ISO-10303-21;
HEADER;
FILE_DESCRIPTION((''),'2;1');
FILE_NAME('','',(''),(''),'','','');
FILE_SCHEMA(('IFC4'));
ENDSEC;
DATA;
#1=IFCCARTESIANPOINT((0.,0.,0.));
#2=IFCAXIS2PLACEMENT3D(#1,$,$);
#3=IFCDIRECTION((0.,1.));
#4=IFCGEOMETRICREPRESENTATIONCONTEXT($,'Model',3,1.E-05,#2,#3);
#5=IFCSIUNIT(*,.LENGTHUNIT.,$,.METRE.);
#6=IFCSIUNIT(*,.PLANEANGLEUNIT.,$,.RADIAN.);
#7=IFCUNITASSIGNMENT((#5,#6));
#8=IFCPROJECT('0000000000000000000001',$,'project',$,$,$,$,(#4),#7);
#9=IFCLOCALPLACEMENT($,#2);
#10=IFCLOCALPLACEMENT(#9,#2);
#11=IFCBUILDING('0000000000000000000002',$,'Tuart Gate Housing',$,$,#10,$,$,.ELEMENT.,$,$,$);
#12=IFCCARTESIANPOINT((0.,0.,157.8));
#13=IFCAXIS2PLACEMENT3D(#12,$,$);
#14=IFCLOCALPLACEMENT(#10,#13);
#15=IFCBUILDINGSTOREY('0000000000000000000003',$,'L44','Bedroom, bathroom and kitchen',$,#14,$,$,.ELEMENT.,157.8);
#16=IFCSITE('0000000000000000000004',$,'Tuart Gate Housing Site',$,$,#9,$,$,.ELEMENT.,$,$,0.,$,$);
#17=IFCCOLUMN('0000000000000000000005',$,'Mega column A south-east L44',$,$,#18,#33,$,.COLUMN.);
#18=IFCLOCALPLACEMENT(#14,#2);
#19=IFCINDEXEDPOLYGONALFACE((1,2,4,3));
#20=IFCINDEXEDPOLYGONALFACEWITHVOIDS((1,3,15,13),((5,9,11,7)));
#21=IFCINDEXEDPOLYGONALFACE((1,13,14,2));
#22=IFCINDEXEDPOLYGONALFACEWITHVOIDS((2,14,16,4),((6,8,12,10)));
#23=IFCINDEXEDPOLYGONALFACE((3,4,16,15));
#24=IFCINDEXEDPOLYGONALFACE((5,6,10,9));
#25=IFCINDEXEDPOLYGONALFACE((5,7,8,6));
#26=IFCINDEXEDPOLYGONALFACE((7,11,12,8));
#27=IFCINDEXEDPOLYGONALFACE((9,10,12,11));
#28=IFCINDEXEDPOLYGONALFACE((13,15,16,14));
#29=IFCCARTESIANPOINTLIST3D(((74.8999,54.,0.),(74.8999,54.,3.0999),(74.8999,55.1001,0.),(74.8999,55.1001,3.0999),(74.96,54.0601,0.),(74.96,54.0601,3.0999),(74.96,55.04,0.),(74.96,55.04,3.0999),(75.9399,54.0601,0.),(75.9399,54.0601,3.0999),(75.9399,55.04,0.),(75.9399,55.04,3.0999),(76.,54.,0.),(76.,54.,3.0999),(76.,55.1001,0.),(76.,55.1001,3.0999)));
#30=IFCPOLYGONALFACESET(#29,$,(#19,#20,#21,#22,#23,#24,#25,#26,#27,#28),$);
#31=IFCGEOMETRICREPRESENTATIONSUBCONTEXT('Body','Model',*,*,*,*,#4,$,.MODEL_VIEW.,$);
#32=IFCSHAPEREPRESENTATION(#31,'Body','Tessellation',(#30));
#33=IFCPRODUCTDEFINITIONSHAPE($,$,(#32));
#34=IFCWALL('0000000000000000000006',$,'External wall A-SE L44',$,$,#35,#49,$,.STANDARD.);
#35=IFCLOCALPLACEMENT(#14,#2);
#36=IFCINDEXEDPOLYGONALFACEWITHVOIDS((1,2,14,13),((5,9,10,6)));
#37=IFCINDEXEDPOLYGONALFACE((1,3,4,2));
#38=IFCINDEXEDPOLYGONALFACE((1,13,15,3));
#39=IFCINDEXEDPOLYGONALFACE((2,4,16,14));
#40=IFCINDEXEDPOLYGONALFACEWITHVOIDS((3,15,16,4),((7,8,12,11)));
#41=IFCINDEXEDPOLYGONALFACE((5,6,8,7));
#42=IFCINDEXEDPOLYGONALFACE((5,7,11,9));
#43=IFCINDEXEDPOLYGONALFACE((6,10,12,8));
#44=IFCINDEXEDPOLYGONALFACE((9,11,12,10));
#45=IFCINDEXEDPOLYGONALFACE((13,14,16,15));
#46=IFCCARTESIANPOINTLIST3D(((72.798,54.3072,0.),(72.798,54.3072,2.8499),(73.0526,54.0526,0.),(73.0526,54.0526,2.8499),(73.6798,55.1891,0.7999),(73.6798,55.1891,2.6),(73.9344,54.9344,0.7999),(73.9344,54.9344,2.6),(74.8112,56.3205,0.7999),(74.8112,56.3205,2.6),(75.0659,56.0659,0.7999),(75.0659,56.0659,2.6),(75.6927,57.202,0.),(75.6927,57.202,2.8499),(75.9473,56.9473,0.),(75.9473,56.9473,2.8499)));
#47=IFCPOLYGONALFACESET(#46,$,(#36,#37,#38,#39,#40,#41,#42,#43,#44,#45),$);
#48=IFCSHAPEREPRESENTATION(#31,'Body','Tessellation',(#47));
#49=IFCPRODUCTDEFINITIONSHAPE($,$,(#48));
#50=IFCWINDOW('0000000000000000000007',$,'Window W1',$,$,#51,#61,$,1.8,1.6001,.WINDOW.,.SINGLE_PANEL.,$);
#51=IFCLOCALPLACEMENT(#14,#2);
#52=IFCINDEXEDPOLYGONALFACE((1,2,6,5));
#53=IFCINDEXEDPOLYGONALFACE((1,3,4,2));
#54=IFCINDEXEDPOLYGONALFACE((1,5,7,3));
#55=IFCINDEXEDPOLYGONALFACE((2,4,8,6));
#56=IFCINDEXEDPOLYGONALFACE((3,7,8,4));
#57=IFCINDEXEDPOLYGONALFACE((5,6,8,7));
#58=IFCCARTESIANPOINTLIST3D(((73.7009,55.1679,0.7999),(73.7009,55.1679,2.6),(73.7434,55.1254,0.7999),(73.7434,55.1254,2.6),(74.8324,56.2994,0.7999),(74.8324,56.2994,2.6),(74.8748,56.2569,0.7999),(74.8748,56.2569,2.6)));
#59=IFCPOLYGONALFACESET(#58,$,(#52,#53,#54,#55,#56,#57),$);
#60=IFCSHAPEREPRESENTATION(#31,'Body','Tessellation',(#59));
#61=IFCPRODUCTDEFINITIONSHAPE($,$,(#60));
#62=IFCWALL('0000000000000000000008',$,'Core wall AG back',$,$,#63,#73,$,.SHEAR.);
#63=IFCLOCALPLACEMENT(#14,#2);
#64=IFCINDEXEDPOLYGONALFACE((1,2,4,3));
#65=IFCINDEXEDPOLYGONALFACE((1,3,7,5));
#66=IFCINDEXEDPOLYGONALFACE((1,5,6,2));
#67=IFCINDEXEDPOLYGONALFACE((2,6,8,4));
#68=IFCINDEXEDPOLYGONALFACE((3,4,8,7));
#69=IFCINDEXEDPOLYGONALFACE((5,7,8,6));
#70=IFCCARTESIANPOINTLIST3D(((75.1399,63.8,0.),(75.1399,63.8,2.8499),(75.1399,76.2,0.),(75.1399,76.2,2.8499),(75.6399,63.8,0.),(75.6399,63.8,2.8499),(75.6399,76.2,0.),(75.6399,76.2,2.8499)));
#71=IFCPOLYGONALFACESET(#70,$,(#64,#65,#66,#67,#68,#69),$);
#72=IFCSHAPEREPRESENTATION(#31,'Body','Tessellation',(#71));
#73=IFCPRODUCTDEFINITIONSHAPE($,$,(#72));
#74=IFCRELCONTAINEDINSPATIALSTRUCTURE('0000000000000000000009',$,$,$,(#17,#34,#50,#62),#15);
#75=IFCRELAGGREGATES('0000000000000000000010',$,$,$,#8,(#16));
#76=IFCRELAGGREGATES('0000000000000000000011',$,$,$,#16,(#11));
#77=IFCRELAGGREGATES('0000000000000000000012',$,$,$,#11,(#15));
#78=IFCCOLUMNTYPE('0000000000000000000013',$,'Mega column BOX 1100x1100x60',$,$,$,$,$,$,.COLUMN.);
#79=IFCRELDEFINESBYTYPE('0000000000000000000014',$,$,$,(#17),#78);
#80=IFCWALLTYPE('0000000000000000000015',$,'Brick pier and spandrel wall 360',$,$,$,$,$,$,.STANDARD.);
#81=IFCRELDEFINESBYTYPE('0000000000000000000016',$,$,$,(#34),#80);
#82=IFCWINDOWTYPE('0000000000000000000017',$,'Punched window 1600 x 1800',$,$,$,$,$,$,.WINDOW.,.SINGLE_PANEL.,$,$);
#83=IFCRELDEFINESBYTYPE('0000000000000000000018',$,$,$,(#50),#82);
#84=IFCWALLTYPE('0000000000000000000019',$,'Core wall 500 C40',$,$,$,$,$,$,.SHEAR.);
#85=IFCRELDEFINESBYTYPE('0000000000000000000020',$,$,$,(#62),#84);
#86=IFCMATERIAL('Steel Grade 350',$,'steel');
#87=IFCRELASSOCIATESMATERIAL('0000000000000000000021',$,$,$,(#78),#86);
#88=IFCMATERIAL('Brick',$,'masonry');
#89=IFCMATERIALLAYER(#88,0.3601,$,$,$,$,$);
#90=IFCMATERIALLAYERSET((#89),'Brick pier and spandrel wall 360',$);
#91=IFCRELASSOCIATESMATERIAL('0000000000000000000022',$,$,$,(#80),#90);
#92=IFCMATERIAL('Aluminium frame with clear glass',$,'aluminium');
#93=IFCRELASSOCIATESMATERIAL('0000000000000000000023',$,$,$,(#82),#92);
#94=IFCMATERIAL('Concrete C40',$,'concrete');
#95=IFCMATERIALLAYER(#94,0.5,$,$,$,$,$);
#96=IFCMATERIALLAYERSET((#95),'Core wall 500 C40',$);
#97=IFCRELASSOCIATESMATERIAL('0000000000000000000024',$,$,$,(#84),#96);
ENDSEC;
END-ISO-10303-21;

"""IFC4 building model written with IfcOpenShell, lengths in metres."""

from ifc_helpers import new_model, si_unit, direction, frame, frame_2d, origin, origin_2d, place, context, subcontext, project, spatial, rectangle, hollow_rectangle, extrude, material, layer, layer_set, material_profile, profile_set, type_object, element, fill, save


model = new_model("IFC4")

# Units and contexts
model_context = context("Model", 3, precision=1e-05, world=origin(), true_north=direction((0.0, 1.0)))
body_context = subcontext(model_context, "Body", "Model", "MODEL_VIEW")
ifc_project = project(units=[si_unit("LENGTHUNIT", "METRE"), si_unit("PLANEANGLEUNIT", "RADIAN")], contexts=[model_context])

# Site, building, storey
site_placement = place(None, origin())
site = spatial("IfcSite", under=ifc_project, at=site_placement, Name="Tuart Gate Housing Site", CompositionType="ELEMENT", RefElevation=0.0)
building_placement = place(site_placement, origin())
building = spatial("IfcBuilding", under=site, at=building_placement, Name="Tuart Gate Housing", CompositionType="ELEMENT")
storey_placement = place(building_placement, frame((0.0, 0.0, 157.8)))
storey = spatial("IfcBuildingStorey", under=building, at=storey_placement, Name="L44", Description="Bedroom, bathroom and kitchen", CompositionType="ELEMENT", Elevation=157.8)

# Column
ifc_material_1 = material(Name="Steel Grade 350", Category="steel")
ifc_material_profile = material_profile(ifc_material_1, hollow_rectangle(XDim=1.1001, YDim=1.1001, WallThickness=0.0601, at=origin_2d()), Name="BOX 1100x1100x60")
ifc_profile_set = profile_set([ifc_material_profile], Name="Steel Grade 350")
column_type = type_object("IfcColumnType", Name="Mega column BOX 1100x1100x60", PredefinedType="COLUMN", material=ifc_profile_set)
column_placement = place(storey_placement, frame((75.45, 54.55, 0.0), z_axis=(0.0, 0.0, 1.0), x_axis=(1.0, 0.0, 0.0)))
element("IfcColumn", 1, at=column_placement, inside=storey, type_object=column_type, Name="Mega column A south-east L44", PredefinedType="COLUMN", context=body_context, shape_type="SweptSolid", body=[
    extrude(hollow_rectangle(XDim=1.1001, YDim=1.1001, WallThickness=0.0601, at=origin_2d()), origin(), (0.0, 0.0, 1.0), 3.0999),
])

# Wall, opening, window
ifc_material_2 = material(Name="Brick", Category="masonry")
ifc_layer_1 = layer(ifc_material_2, 0.3601)
ifc_layer_set_1 = layer_set([ifc_layer_1], Name="Brick pier and spandrel wall 360")
wall_type_1 = type_object("IfcWallType", Name="Brick pier and spandrel wall 360", PredefinedType="STANDARD", material=ifc_layer_set_1)
wall_1_placement = place(storey_placement, frame((72.9253, 54.1799, 0.0), z_axis=(0.0, 0.0, 1.0), x_axis=(0.707107, 0.707107, 0.0)))
wall_1 = element("IfcWall", 2, at=wall_1_placement, inside=storey, type_object=wall_type_1, Name="External wall A-SE L44", PredefinedType="STANDARD", context=body_context, shape_type="SweptSolid", body=[
    extrude(rectangle(XDim=4.0938, YDim=0.3601, at=frame_2d((2.0469, 0.0))), origin(), (0.0, 0.0, 1.0), 2.8499),
])
opening_placement = place(wall_1_placement, frame((1.2471, 0.0, 0.8)))
opening = element("IfcOpeningElement", 3, at=opening_placement, cuts=wall_1, PredefinedType="OPENING", context=body_context, shape_type="SweptSolid", body=[
    extrude(rectangle(XDim=1.6001, YDim=1.8, at=frame_2d((0.8, 0.8999))), frame((0.0, 0.1899, 0.0), z_axis=(0.0, -1.0, 0.0), x_axis=(1.0, 0.0, 0.0)), (0.0, 0.0, 1.0), 0.3801),
])
ifc_material_3 = material(Name="Aluminium frame with clear glass", Category="aluminium")
window_type = type_object("IfcWindowType", Name="Punched window 1600 x 1800", PartitioningType="SINGLE_PANEL", PredefinedType="WINDOW", material=ifc_material_3)
window_placement = place(opening_placement, origin())
window = element("IfcWindow", 4, at=window_placement, inside=storey, type_object=window_type, Name="Window W1", OverallHeight=1.8, OverallWidth=1.6001, PartitioningType="SINGLE_PANEL", PredefinedType="WINDOW", context=body_context, shape_type="SweptSolid", body=[
    extrude(rectangle(XDim=1.6001, YDim=1.8, at=frame_2d((0.8, 0.8999))), frame((0.0, 0.1501, 0.0), z_axis=(0.0, -1.0, 0.0), x_axis=(1.0, 0.0, 0.0)), (0.0, 0.0, 1.0), 0.0601),
])
fill(opening, window)

# Wall
ifc_material_4 = material(Name="Concrete C40", Category="concrete")
ifc_layer_2 = layer(ifc_material_4, 0.5)
ifc_layer_set_2 = layer_set([ifc_layer_2], Name="Core wall 500 C40")
wall_type_2 = type_object("IfcWallType", Name="Core wall 500 C40", PredefinedType="SHEAR", material=ifc_layer_set_2)
wall_2_placement = place(storey_placement, frame((75.3899, 63.8, 0.0), z_axis=(0.0, 0.0, 1.0), x_axis=(0.0, 1.0, 0.0)))
element("IfcWall", 5, at=wall_2_placement, inside=storey, type_object=wall_type_2, Name="Core wall AG back", PredefinedType="SHEAR", context=body_context, shape_type="SweptSolid", body=[
    extrude(rectangle(XDim=12.3999, YDim=0.5, at=frame_2d((6.2, 0.0))), origin(), (0.0, 0.0, 1.0), 2.8499),
])

save(model, "model.ifc")
